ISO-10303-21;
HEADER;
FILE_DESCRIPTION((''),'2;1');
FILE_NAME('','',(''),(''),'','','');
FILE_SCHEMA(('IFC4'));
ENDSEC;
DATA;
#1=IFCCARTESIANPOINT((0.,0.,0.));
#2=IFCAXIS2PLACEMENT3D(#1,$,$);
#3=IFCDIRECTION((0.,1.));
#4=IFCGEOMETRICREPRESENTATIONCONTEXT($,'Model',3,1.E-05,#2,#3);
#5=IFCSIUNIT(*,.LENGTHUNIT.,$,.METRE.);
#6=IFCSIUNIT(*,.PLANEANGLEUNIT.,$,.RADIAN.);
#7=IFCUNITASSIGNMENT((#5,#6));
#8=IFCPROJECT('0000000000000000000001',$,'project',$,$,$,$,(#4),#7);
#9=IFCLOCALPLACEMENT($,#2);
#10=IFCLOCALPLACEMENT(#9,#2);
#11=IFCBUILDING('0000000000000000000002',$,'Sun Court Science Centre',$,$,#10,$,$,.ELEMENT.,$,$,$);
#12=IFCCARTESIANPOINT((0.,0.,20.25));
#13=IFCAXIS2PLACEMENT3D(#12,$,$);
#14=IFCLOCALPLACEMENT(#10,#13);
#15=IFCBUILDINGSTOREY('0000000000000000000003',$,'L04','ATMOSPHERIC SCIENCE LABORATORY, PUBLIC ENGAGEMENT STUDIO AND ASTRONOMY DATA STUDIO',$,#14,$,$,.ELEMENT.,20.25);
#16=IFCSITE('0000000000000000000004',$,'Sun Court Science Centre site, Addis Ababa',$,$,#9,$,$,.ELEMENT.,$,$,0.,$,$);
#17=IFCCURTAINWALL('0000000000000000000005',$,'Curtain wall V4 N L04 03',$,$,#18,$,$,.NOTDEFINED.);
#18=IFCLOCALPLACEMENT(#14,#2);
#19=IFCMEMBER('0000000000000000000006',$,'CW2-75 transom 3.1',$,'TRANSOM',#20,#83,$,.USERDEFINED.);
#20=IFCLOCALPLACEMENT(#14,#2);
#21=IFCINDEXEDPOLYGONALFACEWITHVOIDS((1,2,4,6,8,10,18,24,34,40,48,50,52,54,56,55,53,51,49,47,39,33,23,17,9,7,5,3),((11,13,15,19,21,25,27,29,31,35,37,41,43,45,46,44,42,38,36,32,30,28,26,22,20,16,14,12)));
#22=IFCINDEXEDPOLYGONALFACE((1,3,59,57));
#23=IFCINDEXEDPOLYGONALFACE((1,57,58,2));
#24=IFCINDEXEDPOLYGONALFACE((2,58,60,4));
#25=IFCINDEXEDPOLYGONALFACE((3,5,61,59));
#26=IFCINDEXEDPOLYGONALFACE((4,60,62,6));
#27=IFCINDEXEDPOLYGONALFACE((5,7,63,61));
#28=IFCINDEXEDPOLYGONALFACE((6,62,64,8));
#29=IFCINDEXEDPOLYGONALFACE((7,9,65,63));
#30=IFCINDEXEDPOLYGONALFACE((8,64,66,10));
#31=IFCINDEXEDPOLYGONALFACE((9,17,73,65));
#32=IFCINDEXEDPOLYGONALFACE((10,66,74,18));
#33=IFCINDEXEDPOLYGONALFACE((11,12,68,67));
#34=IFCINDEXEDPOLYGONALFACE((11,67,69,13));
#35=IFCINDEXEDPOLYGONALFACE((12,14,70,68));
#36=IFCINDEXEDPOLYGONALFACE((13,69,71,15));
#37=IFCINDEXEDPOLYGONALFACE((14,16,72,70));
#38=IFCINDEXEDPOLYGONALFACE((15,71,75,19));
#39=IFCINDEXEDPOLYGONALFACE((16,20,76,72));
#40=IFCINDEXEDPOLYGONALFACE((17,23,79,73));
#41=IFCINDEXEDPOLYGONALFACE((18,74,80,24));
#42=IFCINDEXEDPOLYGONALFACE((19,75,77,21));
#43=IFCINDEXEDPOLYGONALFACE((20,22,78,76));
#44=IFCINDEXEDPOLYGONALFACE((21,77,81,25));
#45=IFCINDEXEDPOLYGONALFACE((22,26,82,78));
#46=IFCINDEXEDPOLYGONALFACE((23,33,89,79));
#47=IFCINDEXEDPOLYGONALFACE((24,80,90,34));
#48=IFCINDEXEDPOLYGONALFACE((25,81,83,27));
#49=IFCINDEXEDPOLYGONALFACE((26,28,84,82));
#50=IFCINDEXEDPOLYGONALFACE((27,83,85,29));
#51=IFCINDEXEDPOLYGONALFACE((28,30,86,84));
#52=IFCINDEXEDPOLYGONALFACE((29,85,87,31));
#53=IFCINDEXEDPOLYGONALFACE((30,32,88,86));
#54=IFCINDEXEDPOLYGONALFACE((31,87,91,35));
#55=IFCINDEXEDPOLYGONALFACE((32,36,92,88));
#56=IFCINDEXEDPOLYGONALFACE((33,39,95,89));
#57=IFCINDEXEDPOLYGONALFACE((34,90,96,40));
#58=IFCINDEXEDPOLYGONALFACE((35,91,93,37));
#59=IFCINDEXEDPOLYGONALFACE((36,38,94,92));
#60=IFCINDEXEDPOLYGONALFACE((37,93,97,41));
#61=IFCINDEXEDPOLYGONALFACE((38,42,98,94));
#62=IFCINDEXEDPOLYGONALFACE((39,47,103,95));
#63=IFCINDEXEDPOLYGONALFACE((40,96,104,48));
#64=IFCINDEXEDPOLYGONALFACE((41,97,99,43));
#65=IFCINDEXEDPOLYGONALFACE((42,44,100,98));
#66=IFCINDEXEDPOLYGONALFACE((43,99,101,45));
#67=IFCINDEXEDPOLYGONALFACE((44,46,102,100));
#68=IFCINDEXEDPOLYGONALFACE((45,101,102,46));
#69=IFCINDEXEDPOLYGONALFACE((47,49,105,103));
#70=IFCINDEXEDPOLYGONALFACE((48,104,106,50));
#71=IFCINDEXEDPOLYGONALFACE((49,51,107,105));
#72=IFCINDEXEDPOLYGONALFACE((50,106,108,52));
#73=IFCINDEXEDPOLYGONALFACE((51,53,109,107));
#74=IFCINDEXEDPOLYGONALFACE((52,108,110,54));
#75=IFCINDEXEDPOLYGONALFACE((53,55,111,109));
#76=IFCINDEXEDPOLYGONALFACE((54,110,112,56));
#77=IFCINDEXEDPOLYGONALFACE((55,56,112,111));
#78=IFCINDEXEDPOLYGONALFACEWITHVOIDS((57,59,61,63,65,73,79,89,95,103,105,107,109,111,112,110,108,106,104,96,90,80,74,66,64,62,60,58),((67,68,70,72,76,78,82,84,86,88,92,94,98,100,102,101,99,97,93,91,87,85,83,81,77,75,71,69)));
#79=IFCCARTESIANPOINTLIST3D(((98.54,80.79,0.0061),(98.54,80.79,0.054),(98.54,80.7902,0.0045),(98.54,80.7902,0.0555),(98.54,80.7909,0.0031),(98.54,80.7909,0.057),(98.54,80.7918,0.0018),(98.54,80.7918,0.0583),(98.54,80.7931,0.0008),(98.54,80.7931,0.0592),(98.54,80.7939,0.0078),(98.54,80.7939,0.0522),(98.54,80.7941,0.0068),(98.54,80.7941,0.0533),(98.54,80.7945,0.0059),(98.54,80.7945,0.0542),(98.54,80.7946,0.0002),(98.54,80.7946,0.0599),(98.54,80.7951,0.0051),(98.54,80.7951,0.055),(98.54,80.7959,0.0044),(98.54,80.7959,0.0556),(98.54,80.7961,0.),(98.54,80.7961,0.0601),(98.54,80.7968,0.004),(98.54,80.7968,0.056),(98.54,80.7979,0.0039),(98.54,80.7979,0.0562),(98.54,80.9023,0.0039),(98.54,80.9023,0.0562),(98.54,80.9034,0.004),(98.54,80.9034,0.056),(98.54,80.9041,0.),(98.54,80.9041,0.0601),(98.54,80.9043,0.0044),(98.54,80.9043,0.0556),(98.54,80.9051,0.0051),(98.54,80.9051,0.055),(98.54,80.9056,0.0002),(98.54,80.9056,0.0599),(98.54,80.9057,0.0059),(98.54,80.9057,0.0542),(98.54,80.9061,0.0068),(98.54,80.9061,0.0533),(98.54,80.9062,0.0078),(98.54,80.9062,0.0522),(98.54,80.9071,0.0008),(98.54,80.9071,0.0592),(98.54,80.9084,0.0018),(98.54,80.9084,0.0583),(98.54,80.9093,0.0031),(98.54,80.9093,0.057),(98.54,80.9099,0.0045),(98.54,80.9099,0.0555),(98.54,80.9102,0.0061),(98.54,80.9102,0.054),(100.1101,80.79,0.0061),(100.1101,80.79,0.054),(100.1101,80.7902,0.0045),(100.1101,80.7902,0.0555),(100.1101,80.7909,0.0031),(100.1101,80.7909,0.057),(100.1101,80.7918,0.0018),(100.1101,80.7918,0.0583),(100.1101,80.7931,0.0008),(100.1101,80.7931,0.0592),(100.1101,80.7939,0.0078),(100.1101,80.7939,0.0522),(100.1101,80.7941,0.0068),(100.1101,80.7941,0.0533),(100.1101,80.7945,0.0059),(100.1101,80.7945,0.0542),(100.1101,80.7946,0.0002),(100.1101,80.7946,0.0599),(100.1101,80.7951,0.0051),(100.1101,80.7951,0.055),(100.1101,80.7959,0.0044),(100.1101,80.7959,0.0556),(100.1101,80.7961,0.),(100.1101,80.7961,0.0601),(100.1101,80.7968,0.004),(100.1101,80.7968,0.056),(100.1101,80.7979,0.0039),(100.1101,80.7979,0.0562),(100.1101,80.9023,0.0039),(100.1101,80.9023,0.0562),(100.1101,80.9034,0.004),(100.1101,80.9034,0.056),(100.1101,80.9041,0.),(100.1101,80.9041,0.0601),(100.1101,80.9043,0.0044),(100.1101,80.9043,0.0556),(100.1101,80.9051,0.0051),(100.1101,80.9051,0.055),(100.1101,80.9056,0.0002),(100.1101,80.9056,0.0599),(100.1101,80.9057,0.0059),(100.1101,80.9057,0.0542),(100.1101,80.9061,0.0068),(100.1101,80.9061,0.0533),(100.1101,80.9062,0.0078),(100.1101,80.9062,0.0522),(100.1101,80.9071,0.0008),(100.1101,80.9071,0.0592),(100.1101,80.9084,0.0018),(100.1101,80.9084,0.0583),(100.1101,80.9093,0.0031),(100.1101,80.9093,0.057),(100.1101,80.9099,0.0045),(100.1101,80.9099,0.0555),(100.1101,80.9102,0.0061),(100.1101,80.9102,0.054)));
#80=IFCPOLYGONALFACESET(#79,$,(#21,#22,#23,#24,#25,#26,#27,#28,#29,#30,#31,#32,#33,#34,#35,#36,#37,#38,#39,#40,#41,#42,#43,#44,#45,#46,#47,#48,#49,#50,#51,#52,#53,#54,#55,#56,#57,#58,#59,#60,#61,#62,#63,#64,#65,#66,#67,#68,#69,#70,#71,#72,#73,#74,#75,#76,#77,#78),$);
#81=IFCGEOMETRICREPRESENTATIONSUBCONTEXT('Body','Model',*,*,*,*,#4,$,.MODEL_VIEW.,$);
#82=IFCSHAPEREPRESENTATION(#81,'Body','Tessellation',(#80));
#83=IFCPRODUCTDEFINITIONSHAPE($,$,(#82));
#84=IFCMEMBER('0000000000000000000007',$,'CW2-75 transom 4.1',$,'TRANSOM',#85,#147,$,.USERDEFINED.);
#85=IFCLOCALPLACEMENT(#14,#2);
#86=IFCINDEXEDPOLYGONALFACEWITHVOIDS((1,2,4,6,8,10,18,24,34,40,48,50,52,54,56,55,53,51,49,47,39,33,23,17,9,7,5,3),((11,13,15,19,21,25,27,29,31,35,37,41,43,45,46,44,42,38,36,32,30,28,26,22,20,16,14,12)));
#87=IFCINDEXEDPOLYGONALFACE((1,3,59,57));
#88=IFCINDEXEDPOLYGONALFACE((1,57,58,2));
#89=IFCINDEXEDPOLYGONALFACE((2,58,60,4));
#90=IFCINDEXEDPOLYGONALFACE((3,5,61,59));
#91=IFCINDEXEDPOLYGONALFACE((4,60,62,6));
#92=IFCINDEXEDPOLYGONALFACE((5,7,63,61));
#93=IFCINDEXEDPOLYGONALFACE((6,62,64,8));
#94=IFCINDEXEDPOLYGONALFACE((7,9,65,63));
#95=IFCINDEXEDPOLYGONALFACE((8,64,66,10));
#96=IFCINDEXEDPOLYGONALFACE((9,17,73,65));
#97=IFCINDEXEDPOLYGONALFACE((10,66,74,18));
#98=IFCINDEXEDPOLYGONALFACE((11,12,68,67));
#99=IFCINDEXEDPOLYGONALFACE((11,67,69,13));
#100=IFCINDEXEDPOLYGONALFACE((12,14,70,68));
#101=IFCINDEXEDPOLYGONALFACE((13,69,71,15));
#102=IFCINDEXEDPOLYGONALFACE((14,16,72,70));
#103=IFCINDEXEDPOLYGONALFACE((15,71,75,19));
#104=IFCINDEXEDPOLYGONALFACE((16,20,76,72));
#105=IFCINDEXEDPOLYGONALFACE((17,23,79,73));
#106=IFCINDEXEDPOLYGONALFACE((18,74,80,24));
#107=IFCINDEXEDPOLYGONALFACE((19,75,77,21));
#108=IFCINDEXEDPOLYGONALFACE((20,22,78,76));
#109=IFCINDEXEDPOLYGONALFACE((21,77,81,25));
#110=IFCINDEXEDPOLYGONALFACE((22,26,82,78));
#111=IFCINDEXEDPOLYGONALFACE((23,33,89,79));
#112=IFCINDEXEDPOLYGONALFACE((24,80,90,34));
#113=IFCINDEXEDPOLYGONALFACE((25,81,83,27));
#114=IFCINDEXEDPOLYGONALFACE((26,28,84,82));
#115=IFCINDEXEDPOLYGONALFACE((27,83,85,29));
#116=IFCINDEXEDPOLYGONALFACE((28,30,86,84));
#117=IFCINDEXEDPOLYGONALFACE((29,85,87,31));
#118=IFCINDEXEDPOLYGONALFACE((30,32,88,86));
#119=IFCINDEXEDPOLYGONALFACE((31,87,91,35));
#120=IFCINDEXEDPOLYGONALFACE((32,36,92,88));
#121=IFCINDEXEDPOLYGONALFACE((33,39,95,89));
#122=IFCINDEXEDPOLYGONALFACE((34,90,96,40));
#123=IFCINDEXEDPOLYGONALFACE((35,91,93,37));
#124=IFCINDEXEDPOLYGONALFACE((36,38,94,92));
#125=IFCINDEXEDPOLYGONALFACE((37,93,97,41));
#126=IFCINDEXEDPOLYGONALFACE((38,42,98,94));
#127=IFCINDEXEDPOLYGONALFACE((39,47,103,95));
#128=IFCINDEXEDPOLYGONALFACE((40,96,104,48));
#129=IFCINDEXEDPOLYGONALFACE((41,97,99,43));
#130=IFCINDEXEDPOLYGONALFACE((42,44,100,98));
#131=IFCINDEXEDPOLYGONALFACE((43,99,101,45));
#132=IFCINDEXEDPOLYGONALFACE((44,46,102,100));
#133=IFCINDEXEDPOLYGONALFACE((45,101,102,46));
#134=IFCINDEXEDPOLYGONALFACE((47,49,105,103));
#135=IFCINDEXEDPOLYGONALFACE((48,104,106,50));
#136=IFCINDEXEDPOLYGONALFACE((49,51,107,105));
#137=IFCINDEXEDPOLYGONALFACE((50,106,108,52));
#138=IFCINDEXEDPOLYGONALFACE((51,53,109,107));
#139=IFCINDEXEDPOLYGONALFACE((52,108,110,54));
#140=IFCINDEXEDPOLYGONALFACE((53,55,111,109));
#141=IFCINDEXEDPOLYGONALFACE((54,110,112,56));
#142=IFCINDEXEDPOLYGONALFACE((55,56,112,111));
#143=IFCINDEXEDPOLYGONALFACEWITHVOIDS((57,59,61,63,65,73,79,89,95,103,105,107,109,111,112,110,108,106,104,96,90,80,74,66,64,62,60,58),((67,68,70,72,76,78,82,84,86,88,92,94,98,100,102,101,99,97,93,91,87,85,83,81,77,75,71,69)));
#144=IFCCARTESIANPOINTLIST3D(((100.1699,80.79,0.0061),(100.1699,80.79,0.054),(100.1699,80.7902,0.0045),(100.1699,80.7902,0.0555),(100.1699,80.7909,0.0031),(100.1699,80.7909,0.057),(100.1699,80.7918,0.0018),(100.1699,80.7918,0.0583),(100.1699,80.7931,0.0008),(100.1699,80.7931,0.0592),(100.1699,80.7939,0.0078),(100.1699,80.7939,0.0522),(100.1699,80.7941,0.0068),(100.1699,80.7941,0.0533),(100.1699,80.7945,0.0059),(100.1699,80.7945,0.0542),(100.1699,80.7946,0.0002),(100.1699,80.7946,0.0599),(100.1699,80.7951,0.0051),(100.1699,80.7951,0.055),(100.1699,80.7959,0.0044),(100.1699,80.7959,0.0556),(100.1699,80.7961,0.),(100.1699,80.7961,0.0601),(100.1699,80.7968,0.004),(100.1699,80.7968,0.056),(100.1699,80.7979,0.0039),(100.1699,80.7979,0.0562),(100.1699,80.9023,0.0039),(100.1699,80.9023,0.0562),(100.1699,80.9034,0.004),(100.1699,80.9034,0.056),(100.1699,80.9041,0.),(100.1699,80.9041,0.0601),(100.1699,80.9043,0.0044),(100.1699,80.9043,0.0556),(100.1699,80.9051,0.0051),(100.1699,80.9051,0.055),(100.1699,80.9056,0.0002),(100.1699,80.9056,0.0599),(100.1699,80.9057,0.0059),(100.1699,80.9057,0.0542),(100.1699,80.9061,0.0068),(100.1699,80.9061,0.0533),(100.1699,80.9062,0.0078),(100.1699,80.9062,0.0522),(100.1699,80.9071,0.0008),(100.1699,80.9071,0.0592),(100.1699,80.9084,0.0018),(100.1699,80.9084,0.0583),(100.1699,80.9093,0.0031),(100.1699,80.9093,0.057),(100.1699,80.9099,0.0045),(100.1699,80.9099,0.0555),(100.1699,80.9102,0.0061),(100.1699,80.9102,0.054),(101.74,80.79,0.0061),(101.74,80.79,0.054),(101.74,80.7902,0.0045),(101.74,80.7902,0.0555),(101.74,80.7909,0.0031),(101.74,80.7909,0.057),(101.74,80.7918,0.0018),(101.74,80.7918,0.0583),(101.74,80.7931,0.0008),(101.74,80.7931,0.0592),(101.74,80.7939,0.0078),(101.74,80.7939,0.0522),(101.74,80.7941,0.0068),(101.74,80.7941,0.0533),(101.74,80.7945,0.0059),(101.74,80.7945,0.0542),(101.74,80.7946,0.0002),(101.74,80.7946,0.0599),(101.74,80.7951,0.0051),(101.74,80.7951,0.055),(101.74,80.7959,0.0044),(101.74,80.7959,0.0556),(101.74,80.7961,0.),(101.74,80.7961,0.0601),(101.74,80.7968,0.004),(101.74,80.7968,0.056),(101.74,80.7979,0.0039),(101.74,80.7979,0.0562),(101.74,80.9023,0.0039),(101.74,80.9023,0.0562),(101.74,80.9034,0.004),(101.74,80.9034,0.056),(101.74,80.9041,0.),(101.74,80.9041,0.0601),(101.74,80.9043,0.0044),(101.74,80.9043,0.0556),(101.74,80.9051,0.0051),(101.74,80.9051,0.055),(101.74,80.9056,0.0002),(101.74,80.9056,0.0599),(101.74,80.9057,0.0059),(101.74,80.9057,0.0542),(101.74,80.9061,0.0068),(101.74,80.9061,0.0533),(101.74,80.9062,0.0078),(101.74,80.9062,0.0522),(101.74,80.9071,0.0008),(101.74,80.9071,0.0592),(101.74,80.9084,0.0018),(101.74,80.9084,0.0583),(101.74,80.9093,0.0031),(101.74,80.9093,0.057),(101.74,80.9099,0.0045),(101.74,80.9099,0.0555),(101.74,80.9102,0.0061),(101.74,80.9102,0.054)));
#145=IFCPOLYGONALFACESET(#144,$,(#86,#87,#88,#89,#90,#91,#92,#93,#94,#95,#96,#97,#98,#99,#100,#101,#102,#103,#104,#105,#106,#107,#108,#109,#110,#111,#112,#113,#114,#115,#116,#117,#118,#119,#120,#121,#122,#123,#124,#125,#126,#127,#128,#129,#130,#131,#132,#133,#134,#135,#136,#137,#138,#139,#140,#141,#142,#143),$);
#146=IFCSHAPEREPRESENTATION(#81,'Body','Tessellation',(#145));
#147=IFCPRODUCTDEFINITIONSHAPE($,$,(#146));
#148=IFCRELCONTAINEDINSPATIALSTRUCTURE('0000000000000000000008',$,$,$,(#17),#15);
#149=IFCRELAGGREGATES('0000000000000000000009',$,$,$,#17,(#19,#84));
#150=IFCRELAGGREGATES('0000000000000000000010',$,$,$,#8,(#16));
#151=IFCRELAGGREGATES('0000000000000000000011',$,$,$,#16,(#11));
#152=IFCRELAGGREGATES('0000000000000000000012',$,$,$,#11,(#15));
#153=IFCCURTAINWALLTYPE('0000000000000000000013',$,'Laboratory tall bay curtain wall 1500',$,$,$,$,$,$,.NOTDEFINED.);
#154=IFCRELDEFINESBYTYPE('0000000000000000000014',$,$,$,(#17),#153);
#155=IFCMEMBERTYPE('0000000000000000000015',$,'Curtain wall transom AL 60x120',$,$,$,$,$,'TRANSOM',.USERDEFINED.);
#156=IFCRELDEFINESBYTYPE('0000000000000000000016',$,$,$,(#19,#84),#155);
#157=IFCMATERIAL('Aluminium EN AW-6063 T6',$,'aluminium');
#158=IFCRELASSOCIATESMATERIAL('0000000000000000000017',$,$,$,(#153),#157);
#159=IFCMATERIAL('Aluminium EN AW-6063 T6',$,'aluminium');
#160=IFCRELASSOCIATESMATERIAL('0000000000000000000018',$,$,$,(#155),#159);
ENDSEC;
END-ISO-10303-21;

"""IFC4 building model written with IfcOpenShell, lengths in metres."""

from ifc_helpers import new_model, si_unit, direction, frame, origin, origin_2d, place, context, subcontext, project, spatial, hollow_rectangle, extrude, material, material_profile, profile_set, type_object, element, aggregate, save


model = new_model("IFC4")

# Units and contexts
model_context = context("Model", 3, precision=1e-05, world=origin(), true_north=direction((0.0, 1.0)))
body_context = subcontext(model_context, "Body", "Model", "MODEL_VIEW")
ifc_project = project(units=[si_unit("LENGTHUNIT", "METRE"), si_unit("PLANEANGLEUNIT", "RADIAN")], contexts=[model_context])

# Site, building, storey
site_placement = place(None, origin())
site = spatial("IfcSite", under=ifc_project, at=site_placement, Name="Sun Court Science Centre site, Addis Ababa", CompositionType="ELEMENT", RefElevation=0.0)
building_placement = place(site_placement, origin())
building = spatial("IfcBuilding", under=site, at=building_placement, Name="Sun Court Science Centre", CompositionType="ELEMENT")
storey_placement = place(building_placement, frame((0.0, 0.0, 20.25)))
storey = spatial("IfcBuildingStorey", under=building, at=storey_placement, Name="L04", Description="ATMOSPHERIC SCIENCE LABORATORY, PUBLIC ENGAGEMENT STUDIO AND ASTRONOMY DATA STUDIO", CompositionType="ELEMENT", Elevation=20.25)

# Curtain wall, members
ifc_material_1 = material(Name="Aluminium EN AW-6063 T6", Category="aluminium")
curtain_wall_type = type_object("IfcCurtainWallType", Name="Laboratory tall bay curtain wall 1500", PredefinedType="NOTDEFINED", material=ifc_material_1)
curtain_wall_placement = place(storey_placement, origin())
curtain_wall = element("IfcCurtainWall", 1, at=curtain_wall_placement, inside=storey, type_object=curtain_wall_type, Name="Curtain wall V4 N L04 03", PredefinedType="NOTDEFINED")
ifc_material_2 = material(Name="Aluminium EN AW-6063 T6", Category="aluminium")
ifc_material_profile_1 = material_profile(ifc_material_2, hollow_rectangle(XDim=0.0601, YDim=0.1201, WallThickness=0.0039, InnerFilletRadius=0.0039, OuterFilletRadius=0.0061, at=origin_2d()), Name="AL 60x120x4")
ifc_profile_set_1 = profile_set([ifc_material_profile_1], Name="Aluminium EN AW-6063 T6")
member_type_1 = type_object("IfcMemberType", Name="Curtain wall transom AL 60x120", ElementType="TRANSOM", PredefinedType="USERDEFINED", material=ifc_profile_set_1)
member_1_placement = place(storey_placement, frame((98.54, 80.8501, 0.03), z_axis=(1.0, 0.0, 0.0), x_axis=(0.0, 0.0, 1.0)))
member_1 = element("IfcMember", 2, at=member_1_placement, type_object=member_type_1, Name="CW2-75 transom 3.1", ObjectType="TRANSOM", PredefinedType="USERDEFINED", context=body_context, shape_type="SweptSolid", body=[
    extrude(hollow_rectangle(XDim=0.0601, YDim=0.1201, WallThickness=0.0039, InnerFilletRadius=0.0039, OuterFilletRadius=0.0061, at=origin_2d()), origin(), (0.0, 0.0, 1.0), 1.5701),
])
member_2_placement = place(storey_placement, frame((100.1699, 80.8501, 0.03), z_axis=(1.0, 0.0, 0.0), x_axis=(0.0, 0.0, 1.0)))
member_2 = element("IfcMember", 3, at=member_2_placement, type_object=member_type_1, Name="CW2-75 transom 4.1", ObjectType="TRANSOM", PredefinedType="USERDEFINED", context=body_context, shape_type="SweptSolid", body=[
    extrude(hollow_rectangle(XDim=0.0601, YDim=0.1201, WallThickness=0.0039, InnerFilletRadius=0.0039, OuterFilletRadius=0.0061, at=origin_2d()), origin(), (0.0, 0.0, 1.0), 1.5701),
])

aggregate(curtain_wall, [member_1, member_2])

save(model, "model.ifc")
